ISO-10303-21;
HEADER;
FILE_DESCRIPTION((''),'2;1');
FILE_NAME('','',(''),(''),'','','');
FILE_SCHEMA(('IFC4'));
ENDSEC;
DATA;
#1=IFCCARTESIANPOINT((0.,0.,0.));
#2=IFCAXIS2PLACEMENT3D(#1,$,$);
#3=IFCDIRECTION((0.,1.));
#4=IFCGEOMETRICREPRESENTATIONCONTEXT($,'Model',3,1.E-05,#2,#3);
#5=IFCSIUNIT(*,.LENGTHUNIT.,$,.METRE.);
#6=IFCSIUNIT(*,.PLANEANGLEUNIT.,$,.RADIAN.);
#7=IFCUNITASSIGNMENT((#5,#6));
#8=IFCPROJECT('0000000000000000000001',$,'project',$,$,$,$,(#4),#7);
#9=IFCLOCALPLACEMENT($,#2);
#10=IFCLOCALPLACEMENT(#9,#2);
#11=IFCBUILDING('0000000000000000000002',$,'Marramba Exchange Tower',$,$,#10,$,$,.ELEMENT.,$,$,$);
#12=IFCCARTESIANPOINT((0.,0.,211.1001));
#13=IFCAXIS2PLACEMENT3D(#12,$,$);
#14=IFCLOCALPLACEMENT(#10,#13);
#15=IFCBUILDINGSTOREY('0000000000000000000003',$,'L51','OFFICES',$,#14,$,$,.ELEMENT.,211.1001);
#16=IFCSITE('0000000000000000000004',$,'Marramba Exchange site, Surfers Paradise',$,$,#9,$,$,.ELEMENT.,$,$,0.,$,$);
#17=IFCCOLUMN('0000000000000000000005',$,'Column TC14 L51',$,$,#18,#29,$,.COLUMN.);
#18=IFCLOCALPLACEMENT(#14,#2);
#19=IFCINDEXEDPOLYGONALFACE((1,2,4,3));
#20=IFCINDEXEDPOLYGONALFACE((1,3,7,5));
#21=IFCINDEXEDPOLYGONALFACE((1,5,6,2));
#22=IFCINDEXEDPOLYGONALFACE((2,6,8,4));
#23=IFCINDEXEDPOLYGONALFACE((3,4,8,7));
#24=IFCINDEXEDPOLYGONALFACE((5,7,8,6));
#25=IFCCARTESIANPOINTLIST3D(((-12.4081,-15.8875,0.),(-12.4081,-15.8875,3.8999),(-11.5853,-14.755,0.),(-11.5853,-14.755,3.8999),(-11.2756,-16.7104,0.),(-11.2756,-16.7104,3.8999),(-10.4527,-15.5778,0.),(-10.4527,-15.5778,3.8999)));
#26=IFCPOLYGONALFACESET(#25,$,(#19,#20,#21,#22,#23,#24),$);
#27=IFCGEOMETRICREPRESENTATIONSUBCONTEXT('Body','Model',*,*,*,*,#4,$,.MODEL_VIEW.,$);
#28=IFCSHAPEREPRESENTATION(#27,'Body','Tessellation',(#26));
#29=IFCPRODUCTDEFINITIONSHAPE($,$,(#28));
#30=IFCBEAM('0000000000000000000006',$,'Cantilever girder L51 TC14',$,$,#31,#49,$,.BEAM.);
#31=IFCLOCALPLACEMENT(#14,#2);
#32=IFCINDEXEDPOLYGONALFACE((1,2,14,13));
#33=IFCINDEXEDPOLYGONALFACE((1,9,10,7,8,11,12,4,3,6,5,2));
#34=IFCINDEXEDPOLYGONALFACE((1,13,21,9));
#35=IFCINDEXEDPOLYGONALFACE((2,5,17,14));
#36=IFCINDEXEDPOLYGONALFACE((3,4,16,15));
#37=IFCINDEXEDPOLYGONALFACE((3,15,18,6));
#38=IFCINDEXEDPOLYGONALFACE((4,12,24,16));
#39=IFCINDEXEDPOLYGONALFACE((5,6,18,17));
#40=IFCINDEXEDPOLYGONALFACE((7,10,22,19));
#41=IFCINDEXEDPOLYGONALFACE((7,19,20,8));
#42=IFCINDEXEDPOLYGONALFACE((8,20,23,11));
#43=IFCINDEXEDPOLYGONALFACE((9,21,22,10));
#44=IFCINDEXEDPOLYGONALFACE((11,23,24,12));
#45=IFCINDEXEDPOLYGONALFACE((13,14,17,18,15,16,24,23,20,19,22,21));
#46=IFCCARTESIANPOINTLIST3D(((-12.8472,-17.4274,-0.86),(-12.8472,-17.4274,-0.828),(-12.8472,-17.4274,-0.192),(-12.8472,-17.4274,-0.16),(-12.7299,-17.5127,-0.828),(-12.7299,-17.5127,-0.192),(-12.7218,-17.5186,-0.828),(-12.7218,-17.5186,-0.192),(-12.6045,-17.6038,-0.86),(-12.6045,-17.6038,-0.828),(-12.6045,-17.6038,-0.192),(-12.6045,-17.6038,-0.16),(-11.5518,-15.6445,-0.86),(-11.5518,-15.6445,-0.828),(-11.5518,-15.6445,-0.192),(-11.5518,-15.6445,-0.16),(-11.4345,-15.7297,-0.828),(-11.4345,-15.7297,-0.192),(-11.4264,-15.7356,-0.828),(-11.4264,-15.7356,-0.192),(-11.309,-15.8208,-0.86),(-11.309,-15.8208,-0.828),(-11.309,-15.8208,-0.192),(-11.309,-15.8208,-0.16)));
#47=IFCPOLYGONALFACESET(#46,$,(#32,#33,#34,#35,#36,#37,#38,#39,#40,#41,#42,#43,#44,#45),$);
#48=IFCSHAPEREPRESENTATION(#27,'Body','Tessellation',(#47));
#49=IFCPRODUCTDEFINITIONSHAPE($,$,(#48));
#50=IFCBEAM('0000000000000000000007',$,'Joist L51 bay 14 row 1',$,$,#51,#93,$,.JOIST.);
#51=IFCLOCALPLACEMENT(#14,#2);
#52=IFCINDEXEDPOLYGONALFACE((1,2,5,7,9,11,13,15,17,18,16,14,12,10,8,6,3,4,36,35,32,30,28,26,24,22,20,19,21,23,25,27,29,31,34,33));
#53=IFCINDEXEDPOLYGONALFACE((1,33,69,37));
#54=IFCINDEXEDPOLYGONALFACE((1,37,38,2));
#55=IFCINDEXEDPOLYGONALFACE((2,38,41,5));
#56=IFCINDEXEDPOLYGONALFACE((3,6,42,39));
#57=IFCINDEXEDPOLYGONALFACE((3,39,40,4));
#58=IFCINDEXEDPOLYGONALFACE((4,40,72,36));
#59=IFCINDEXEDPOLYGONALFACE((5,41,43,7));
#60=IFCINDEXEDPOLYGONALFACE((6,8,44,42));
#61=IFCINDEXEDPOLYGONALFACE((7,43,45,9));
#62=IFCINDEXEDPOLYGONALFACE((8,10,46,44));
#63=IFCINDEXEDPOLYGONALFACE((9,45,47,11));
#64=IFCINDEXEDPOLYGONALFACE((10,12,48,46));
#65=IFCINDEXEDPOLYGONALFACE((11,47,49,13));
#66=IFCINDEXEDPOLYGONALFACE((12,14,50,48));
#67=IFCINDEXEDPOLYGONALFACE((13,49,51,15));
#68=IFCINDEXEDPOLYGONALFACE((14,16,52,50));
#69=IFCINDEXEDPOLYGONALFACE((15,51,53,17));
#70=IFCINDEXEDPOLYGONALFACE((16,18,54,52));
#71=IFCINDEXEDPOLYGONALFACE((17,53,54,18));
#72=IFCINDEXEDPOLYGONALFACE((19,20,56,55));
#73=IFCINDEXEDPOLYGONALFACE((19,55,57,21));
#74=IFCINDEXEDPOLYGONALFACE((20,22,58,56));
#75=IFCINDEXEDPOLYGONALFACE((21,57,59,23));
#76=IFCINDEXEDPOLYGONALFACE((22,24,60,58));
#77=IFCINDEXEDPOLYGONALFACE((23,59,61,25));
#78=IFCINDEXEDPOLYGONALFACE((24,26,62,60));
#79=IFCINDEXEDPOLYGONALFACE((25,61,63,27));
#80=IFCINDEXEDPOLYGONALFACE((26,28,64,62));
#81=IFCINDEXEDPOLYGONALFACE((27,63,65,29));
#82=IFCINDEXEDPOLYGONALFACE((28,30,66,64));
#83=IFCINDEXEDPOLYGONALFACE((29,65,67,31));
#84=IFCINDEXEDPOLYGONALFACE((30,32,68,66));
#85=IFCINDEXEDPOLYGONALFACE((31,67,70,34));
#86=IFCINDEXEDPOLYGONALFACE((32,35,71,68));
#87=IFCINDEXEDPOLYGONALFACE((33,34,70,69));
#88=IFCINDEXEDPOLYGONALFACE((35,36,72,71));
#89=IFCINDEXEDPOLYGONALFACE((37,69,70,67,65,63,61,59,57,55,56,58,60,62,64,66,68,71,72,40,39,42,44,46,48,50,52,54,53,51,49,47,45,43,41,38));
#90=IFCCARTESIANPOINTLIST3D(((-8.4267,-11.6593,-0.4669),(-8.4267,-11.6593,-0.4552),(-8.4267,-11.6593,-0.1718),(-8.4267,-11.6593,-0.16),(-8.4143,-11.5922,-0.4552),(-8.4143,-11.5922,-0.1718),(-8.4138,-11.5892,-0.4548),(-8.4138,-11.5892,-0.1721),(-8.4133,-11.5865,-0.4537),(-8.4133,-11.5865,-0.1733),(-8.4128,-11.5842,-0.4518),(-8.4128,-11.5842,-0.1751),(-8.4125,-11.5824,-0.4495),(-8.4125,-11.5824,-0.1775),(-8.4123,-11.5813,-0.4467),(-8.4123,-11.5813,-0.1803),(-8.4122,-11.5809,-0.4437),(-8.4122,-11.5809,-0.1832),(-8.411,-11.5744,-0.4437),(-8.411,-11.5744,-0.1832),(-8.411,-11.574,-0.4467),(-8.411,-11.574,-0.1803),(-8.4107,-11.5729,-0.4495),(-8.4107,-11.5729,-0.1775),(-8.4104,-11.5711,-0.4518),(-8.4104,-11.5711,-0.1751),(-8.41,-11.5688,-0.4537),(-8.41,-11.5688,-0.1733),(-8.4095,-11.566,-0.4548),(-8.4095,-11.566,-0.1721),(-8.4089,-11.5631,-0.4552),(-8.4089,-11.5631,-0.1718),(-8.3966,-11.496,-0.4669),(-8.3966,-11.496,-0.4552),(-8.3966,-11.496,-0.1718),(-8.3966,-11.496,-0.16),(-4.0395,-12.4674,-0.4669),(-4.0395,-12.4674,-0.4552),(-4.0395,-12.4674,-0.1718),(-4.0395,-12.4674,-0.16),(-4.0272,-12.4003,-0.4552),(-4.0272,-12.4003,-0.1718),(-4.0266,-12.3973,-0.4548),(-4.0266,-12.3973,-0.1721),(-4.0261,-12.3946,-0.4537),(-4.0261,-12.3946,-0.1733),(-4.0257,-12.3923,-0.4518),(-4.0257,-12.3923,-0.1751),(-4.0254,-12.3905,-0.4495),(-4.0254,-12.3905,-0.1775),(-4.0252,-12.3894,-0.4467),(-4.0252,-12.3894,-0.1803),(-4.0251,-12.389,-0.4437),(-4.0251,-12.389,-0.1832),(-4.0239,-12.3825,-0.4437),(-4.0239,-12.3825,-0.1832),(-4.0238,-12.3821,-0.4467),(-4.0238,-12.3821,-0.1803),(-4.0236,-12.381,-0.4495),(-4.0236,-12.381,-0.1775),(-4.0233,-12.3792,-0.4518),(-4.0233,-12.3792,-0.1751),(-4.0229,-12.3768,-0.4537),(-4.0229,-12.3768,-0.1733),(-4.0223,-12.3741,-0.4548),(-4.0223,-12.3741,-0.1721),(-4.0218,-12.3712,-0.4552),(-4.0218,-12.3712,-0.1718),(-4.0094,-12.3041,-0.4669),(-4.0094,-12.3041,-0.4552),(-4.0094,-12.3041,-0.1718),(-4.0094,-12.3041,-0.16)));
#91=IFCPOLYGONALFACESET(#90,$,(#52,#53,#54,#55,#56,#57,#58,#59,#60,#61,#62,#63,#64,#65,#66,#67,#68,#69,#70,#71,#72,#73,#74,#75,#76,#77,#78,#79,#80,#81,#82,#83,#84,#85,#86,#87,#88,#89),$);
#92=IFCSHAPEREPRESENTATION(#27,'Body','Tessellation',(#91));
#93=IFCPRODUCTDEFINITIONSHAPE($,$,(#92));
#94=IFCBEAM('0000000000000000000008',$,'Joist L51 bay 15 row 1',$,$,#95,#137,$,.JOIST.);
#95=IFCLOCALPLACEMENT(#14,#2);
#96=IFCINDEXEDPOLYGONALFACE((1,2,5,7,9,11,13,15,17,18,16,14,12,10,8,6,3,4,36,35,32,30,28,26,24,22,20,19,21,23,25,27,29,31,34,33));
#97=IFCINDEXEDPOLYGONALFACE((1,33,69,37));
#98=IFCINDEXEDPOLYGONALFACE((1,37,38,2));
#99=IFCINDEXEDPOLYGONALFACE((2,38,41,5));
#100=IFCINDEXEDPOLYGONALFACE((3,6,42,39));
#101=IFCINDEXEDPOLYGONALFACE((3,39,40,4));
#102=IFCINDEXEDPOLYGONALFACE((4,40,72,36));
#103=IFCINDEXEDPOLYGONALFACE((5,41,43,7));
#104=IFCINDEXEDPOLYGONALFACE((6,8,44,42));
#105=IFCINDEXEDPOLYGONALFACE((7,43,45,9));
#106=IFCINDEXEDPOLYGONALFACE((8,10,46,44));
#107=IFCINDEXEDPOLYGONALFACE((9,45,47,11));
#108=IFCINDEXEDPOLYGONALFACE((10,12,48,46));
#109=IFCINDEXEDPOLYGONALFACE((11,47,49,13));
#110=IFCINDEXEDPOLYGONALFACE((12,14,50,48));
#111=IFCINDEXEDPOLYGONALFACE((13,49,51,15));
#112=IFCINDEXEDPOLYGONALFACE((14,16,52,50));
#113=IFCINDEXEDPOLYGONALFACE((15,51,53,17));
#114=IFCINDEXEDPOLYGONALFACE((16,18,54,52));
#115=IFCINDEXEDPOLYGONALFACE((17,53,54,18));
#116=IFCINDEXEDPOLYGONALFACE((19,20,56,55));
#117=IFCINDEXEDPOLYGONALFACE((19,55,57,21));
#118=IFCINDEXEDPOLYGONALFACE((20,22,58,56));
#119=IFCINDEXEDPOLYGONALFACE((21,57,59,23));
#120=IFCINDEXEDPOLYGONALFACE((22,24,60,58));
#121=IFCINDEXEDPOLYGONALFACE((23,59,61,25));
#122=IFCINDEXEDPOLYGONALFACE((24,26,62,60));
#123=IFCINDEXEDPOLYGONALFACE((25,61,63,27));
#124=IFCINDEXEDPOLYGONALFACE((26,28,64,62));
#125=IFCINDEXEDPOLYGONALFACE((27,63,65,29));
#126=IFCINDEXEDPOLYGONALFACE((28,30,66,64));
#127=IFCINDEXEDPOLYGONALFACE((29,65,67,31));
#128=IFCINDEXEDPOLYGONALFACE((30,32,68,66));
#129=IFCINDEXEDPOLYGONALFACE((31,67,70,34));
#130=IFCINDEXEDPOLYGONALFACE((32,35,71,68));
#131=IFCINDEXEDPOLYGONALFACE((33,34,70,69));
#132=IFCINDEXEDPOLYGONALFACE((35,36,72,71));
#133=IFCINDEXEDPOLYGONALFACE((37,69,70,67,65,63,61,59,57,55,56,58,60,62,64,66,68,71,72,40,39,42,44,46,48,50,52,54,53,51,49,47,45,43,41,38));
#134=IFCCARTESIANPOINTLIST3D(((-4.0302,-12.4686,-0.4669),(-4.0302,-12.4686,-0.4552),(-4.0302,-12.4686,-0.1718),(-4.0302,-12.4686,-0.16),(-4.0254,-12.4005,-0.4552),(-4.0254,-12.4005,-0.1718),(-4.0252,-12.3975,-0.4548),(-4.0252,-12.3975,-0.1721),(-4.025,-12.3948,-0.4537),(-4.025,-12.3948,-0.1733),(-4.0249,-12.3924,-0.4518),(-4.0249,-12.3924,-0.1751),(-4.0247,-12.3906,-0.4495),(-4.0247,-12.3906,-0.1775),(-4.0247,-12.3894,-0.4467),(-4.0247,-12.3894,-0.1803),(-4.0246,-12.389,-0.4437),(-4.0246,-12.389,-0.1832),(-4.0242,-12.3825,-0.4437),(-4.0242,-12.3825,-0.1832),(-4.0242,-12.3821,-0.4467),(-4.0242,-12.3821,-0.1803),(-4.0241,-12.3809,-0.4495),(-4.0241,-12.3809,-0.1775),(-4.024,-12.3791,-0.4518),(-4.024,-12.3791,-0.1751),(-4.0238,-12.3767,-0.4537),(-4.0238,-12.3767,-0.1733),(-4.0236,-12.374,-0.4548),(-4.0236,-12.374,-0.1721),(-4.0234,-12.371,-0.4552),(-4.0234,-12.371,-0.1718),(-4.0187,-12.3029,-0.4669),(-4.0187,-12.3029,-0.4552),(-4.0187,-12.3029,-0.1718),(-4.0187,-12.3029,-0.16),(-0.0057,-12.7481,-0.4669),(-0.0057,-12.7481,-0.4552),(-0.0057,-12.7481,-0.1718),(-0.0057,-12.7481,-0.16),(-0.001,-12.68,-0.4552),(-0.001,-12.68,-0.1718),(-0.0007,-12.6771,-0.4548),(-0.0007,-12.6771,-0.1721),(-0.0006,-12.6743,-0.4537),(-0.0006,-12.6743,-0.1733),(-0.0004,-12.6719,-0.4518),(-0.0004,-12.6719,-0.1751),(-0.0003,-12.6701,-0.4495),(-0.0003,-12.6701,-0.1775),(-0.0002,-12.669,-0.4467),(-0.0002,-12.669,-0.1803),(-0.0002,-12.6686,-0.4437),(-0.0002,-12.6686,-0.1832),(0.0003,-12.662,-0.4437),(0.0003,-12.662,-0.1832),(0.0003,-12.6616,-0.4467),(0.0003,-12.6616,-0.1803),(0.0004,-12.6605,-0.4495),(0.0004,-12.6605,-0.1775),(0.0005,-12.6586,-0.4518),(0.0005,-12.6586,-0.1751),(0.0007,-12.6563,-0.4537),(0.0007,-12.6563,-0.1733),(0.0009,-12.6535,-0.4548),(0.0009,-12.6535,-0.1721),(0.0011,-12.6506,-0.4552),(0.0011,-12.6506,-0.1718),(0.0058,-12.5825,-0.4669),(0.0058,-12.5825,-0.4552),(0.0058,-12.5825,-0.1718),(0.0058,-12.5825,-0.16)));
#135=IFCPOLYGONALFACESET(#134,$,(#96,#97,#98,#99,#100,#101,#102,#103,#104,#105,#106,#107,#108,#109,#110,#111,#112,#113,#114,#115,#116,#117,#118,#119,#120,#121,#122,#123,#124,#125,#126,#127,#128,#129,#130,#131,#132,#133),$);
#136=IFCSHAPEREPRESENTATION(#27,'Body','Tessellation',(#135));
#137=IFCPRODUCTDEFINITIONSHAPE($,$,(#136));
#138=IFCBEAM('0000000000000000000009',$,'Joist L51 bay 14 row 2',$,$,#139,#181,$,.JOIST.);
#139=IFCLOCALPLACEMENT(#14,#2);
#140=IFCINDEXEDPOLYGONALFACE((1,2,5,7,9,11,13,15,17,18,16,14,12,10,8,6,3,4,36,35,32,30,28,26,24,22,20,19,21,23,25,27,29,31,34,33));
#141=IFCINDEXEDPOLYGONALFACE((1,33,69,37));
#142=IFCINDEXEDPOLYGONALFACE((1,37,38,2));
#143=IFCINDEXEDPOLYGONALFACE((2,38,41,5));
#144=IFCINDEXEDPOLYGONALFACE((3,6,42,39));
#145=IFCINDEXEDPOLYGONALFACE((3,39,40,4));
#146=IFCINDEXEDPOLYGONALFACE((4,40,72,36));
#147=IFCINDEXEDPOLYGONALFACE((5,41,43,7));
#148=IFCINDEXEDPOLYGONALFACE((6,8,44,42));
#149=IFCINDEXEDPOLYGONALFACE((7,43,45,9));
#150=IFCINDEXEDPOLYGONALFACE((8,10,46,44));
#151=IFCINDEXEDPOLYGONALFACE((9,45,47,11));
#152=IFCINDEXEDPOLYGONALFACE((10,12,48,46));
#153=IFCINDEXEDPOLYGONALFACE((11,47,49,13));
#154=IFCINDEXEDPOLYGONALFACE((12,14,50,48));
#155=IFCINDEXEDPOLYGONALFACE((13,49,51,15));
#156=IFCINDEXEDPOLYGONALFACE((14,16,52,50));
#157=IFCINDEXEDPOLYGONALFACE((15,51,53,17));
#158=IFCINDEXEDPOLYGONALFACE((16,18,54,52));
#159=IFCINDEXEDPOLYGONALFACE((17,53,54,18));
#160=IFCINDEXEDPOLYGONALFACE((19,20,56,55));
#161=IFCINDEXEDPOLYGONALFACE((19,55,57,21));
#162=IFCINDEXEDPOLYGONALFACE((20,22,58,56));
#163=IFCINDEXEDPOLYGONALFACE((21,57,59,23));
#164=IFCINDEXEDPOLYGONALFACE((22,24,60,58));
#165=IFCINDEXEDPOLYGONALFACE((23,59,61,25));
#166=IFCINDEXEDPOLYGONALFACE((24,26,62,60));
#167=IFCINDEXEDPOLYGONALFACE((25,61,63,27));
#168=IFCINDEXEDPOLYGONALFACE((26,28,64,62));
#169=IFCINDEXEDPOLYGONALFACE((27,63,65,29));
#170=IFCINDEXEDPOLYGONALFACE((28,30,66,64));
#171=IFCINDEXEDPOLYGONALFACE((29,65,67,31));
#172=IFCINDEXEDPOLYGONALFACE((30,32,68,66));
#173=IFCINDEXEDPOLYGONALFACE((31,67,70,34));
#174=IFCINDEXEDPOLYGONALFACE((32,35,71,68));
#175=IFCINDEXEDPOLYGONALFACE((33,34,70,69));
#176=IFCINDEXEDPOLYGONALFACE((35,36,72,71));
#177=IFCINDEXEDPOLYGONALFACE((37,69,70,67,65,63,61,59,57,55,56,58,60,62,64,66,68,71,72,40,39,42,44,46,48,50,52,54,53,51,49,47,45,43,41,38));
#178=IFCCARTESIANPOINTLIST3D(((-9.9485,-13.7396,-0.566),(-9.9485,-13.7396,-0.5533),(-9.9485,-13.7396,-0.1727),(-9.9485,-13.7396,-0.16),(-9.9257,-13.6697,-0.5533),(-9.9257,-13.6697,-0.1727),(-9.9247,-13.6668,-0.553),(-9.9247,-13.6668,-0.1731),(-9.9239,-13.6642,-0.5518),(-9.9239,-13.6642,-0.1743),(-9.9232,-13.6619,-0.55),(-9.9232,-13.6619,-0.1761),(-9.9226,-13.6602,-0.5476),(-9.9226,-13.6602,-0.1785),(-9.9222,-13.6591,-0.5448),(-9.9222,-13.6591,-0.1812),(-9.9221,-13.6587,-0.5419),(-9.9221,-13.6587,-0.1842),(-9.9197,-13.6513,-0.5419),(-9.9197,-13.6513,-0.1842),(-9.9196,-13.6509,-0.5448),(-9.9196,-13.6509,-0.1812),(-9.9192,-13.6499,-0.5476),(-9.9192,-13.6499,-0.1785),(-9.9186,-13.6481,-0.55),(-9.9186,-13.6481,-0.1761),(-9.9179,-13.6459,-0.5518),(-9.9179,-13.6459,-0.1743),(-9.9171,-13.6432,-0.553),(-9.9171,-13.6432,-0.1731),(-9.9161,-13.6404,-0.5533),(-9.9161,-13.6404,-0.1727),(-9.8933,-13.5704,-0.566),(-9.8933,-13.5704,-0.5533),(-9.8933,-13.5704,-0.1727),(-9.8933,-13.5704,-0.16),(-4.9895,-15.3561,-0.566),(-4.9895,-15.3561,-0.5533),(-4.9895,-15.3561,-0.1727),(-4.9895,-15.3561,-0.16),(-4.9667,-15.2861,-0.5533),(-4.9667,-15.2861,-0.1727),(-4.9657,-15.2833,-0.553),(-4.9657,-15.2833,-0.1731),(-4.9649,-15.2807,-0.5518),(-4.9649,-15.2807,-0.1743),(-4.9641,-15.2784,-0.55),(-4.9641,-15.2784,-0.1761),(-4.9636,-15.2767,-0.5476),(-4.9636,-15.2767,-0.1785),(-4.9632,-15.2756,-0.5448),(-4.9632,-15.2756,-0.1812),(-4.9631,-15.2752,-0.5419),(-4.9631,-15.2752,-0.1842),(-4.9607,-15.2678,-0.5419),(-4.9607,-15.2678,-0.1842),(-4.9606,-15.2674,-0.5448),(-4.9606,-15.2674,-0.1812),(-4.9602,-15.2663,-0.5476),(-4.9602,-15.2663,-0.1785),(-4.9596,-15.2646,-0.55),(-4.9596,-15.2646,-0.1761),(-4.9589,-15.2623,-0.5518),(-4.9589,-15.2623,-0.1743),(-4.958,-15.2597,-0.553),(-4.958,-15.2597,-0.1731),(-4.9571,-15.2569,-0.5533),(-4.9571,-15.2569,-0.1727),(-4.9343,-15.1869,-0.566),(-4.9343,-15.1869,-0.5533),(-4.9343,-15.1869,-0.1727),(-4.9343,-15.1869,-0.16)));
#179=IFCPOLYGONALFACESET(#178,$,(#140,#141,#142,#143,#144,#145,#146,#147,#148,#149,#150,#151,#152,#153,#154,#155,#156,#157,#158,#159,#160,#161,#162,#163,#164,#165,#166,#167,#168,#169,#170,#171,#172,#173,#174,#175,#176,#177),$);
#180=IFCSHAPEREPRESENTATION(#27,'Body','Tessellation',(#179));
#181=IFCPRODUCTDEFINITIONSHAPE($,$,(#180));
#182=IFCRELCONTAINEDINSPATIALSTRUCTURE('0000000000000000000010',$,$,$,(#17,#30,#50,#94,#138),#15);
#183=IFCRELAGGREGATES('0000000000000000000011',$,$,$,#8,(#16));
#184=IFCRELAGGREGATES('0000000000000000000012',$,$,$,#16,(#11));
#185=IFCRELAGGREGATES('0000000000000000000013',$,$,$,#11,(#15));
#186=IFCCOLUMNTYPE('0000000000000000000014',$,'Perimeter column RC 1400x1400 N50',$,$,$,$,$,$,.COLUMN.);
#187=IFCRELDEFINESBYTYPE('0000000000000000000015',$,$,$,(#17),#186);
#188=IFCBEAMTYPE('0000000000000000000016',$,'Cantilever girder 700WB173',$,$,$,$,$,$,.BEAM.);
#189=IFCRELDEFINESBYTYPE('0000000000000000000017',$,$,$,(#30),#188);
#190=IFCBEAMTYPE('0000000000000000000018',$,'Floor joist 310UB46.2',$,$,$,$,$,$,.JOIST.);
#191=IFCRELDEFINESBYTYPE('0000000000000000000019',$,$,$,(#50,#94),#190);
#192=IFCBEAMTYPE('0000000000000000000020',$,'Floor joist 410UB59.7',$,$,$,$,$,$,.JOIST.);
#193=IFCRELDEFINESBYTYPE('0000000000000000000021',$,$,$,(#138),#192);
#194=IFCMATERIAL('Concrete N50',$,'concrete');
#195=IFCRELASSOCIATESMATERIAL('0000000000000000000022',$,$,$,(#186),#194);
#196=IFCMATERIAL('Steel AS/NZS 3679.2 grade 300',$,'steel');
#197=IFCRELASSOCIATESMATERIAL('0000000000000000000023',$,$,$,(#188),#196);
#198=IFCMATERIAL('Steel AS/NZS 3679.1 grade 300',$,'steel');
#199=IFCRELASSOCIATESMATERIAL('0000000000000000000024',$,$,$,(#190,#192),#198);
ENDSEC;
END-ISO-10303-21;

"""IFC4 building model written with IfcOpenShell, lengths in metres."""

from ifc_helpers import new_model, si_unit, direction, frame, origin, origin_2d, place, context, subcontext, project, spatial, rectangle, i_section, extrude, material, material_profile, profile_set, type_object, element, save


model = new_model("IFC4")

# Units and contexts
model_context = context("Model", 3, precision=1e-05, world=origin(), true_north=direction((0.0, 1.0)))
body_context = subcontext(model_context, "Body", "Model", "MODEL_VIEW")
ifc_project = project(units=[si_unit("LENGTHUNIT", "METRE"), si_unit("PLANEANGLEUNIT", "RADIAN")], contexts=[model_context])

# Site, building, storey
site_placement = place(None, origin())
site = spatial("IfcSite", under=ifc_project, at=site_placement, Name="Marramba Exchange site, Surfers Paradise", CompositionType="ELEMENT", RefElevation=0.0)
building_placement = place(site_placement, origin())
building = spatial("IfcBuilding", under=site, at=building_placement, Name="Marramba Exchange Tower", CompositionType="ELEMENT")
storey_placement = place(building_placement, frame((0.0, 0.0, 211.1001)))
storey = spatial("IfcBuildingStorey", under=building, at=storey_placement, Name="L51", Description="OFFICES", CompositionType="ELEMENT", Elevation=211.1001)

# Column
ifc_material_1 = material(Name="Concrete N50", Category="concrete")
ifc_material_profile_1 = material_profile(ifc_material_1, rectangle(XDim=1.3999, YDim=1.3999, at=origin_2d()), Name="RC 1400x1400")
ifc_profile_set_1 = profile_set([ifc_material_profile_1], Name="Concrete N50")
column_type = type_object("IfcColumnType", Name="Perimeter column RC 1400x1400 N50", PredefinedType="COLUMN", material=ifc_profile_set_1)
column_placement = place(storey_placement, frame((-11.4304, -15.7327, 0.0), z_axis=(0.0, 0.0, 1.0), x_axis=(-0.587785, -0.809017, 0.0)))
element("IfcColumn", 1, at=column_placement, inside=storey, type_object=column_type, Name="Column TC14 L51", PredefinedType="COLUMN", context=body_context, shape_type="SweptSolid", body=[
    extrude(rectangle(XDim=1.3999, YDim=1.3999, at=origin_2d()), origin(), (0.0, 0.0, 1.0), 3.8999),
])

# Beams
ifc_material_2 = material(Name="Steel AS/NZS 3679.2 grade 300", Category="steel")
ifc_material_profile_2 = material_profile(ifc_material_2, i_section(OverallWidth=0.3, OverallDepth=0.7, WebThickness=0.01, FlangeThickness=0.032, at=origin_2d()), Name="700WB173")
ifc_profile_set_2 = profile_set([ifc_material_profile_2], Name="Steel AS/NZS 3679.2 grade 300")
beam_type_1 = type_object("IfcBeamType", Name="Cantilever girder 700WB173", PredefinedType="BEAM", material=ifc_profile_set_2)
beam_1_placement = place(storey_placement, frame((-11.4304, -15.7327, -0.51), z_axis=(-0.58779, -0.809014, 0.0), x_axis=(0.809014, -0.58779, 0.0)))
element("IfcBeam", 2, at=beam_1_placement, inside=storey, type_object=beam_type_1, Name="Cantilever girder L51 TC14", PredefinedType="BEAM", context=body_context, shape_type="SweptSolid", body=[
    extrude(i_section(OverallWidth=0.3, OverallDepth=0.7, WebThickness=0.01, FlangeThickness=0.032, at=origin_2d()), origin(), (0.0, 0.0, 1.0), 2.2039),
])
ifc_material_3 = material(Name="Steel AS/NZS 3679.1 grade 300", Category="steel")
ifc_material_profile_3 = material_profile(ifc_material_3, i_section(OverallWidth=0.166, OverallDepth=0.3069, WebThickness=0.0066, FlangeThickness=0.0117, FilletRadius=0.0115, at=origin_2d()), Name="310UB46.2")
ifc_profile_set_3 = profile_set([ifc_material_profile_3], Name="Steel AS/NZS 3679.1 grade 300")
beam_type_2 = type_object("IfcBeamType", Name="Floor joist 310UB46.2", PredefinedType="JOIST", material=ifc_profile_set_3)
beam_2_placement = place(storey_placement, frame((-8.4116, -11.5776, -0.3135), z_axis=(0.983456, -0.181149, 0.0), x_axis=(0.181149, 0.983456, 0.0)))
element("IfcBeam", 3, at=beam_2_placement, inside=storey, type_object=beam_type_2, Name="Joist L51 bay 14 row 1", PredefinedType="JOIST", context=body_context, shape_type="SweptSolid", body=[
    extrude(i_section(OverallWidth=0.166, OverallDepth=0.3069, WebThickness=0.0066, FlangeThickness=0.0117, FilletRadius=0.0115, at=origin_2d()), origin(), (0.0, 0.0, 1.0), 4.4609),
])
beam_3_placement = place(storey_placement, frame((-4.0244, -12.3857, -0.3135), z_axis=(0.997596, -0.069294, 0.0), x_axis=(0.069294, 0.997596, 0.0)))
element("IfcBeam", 4, at=beam_3_placement, inside=storey, type_object=beam_type_2, Name="Joist L51 bay 15 row 1", PredefinedType="JOIST", context=body_context, shape_type="SweptSolid", body=[
    extrude(i_section(OverallWidth=0.166, OverallDepth=0.3069, WebThickness=0.0066, FlangeThickness=0.0117, FilletRadius=0.0115, at=origin_2d()), origin(), (0.0, 0.0, 1.0), 4.0342),
])
ifc_material_profile_4 = material_profile(ifc_material_3, i_section(OverallWidth=0.178, OverallDepth=0.406, WebThickness=0.0078, FlangeThickness=0.0127, FilletRadius=0.0115, at=origin_2d()), Name="410UB59.7")
ifc_profile_set_4 = profile_set([ifc_material_profile_4], Name="Steel AS/NZS 3679.1 grade 300")
beam_type_3 = type_object("IfcBeamType", Name="Floor joist 410UB59.7", PredefinedType="JOIST", material=ifc_profile_set_4)
beam_4_placement = place(storey_placement, frame((-9.9209, -13.655, -0.363), z_axis=(0.950764, -0.309916, 0.0), x_axis=(0.309916, 0.950764, 0.0)))
element("IfcBeam", 5, at=beam_4_placement, inside=storey, type_object=beam_type_3, Name="Joist L51 bay 14 row 2", PredefinedType="JOIST", context=body_context, shape_type="SweptSolid", body=[
    extrude(i_section(OverallWidth=0.178, OverallDepth=0.406, WebThickness=0.0078, FlangeThickness=0.0127, FilletRadius=0.0115, at=origin_2d()), origin(), (0.0, 0.0, 1.0), 5.2158),
])

save(model, "model.ifc")
